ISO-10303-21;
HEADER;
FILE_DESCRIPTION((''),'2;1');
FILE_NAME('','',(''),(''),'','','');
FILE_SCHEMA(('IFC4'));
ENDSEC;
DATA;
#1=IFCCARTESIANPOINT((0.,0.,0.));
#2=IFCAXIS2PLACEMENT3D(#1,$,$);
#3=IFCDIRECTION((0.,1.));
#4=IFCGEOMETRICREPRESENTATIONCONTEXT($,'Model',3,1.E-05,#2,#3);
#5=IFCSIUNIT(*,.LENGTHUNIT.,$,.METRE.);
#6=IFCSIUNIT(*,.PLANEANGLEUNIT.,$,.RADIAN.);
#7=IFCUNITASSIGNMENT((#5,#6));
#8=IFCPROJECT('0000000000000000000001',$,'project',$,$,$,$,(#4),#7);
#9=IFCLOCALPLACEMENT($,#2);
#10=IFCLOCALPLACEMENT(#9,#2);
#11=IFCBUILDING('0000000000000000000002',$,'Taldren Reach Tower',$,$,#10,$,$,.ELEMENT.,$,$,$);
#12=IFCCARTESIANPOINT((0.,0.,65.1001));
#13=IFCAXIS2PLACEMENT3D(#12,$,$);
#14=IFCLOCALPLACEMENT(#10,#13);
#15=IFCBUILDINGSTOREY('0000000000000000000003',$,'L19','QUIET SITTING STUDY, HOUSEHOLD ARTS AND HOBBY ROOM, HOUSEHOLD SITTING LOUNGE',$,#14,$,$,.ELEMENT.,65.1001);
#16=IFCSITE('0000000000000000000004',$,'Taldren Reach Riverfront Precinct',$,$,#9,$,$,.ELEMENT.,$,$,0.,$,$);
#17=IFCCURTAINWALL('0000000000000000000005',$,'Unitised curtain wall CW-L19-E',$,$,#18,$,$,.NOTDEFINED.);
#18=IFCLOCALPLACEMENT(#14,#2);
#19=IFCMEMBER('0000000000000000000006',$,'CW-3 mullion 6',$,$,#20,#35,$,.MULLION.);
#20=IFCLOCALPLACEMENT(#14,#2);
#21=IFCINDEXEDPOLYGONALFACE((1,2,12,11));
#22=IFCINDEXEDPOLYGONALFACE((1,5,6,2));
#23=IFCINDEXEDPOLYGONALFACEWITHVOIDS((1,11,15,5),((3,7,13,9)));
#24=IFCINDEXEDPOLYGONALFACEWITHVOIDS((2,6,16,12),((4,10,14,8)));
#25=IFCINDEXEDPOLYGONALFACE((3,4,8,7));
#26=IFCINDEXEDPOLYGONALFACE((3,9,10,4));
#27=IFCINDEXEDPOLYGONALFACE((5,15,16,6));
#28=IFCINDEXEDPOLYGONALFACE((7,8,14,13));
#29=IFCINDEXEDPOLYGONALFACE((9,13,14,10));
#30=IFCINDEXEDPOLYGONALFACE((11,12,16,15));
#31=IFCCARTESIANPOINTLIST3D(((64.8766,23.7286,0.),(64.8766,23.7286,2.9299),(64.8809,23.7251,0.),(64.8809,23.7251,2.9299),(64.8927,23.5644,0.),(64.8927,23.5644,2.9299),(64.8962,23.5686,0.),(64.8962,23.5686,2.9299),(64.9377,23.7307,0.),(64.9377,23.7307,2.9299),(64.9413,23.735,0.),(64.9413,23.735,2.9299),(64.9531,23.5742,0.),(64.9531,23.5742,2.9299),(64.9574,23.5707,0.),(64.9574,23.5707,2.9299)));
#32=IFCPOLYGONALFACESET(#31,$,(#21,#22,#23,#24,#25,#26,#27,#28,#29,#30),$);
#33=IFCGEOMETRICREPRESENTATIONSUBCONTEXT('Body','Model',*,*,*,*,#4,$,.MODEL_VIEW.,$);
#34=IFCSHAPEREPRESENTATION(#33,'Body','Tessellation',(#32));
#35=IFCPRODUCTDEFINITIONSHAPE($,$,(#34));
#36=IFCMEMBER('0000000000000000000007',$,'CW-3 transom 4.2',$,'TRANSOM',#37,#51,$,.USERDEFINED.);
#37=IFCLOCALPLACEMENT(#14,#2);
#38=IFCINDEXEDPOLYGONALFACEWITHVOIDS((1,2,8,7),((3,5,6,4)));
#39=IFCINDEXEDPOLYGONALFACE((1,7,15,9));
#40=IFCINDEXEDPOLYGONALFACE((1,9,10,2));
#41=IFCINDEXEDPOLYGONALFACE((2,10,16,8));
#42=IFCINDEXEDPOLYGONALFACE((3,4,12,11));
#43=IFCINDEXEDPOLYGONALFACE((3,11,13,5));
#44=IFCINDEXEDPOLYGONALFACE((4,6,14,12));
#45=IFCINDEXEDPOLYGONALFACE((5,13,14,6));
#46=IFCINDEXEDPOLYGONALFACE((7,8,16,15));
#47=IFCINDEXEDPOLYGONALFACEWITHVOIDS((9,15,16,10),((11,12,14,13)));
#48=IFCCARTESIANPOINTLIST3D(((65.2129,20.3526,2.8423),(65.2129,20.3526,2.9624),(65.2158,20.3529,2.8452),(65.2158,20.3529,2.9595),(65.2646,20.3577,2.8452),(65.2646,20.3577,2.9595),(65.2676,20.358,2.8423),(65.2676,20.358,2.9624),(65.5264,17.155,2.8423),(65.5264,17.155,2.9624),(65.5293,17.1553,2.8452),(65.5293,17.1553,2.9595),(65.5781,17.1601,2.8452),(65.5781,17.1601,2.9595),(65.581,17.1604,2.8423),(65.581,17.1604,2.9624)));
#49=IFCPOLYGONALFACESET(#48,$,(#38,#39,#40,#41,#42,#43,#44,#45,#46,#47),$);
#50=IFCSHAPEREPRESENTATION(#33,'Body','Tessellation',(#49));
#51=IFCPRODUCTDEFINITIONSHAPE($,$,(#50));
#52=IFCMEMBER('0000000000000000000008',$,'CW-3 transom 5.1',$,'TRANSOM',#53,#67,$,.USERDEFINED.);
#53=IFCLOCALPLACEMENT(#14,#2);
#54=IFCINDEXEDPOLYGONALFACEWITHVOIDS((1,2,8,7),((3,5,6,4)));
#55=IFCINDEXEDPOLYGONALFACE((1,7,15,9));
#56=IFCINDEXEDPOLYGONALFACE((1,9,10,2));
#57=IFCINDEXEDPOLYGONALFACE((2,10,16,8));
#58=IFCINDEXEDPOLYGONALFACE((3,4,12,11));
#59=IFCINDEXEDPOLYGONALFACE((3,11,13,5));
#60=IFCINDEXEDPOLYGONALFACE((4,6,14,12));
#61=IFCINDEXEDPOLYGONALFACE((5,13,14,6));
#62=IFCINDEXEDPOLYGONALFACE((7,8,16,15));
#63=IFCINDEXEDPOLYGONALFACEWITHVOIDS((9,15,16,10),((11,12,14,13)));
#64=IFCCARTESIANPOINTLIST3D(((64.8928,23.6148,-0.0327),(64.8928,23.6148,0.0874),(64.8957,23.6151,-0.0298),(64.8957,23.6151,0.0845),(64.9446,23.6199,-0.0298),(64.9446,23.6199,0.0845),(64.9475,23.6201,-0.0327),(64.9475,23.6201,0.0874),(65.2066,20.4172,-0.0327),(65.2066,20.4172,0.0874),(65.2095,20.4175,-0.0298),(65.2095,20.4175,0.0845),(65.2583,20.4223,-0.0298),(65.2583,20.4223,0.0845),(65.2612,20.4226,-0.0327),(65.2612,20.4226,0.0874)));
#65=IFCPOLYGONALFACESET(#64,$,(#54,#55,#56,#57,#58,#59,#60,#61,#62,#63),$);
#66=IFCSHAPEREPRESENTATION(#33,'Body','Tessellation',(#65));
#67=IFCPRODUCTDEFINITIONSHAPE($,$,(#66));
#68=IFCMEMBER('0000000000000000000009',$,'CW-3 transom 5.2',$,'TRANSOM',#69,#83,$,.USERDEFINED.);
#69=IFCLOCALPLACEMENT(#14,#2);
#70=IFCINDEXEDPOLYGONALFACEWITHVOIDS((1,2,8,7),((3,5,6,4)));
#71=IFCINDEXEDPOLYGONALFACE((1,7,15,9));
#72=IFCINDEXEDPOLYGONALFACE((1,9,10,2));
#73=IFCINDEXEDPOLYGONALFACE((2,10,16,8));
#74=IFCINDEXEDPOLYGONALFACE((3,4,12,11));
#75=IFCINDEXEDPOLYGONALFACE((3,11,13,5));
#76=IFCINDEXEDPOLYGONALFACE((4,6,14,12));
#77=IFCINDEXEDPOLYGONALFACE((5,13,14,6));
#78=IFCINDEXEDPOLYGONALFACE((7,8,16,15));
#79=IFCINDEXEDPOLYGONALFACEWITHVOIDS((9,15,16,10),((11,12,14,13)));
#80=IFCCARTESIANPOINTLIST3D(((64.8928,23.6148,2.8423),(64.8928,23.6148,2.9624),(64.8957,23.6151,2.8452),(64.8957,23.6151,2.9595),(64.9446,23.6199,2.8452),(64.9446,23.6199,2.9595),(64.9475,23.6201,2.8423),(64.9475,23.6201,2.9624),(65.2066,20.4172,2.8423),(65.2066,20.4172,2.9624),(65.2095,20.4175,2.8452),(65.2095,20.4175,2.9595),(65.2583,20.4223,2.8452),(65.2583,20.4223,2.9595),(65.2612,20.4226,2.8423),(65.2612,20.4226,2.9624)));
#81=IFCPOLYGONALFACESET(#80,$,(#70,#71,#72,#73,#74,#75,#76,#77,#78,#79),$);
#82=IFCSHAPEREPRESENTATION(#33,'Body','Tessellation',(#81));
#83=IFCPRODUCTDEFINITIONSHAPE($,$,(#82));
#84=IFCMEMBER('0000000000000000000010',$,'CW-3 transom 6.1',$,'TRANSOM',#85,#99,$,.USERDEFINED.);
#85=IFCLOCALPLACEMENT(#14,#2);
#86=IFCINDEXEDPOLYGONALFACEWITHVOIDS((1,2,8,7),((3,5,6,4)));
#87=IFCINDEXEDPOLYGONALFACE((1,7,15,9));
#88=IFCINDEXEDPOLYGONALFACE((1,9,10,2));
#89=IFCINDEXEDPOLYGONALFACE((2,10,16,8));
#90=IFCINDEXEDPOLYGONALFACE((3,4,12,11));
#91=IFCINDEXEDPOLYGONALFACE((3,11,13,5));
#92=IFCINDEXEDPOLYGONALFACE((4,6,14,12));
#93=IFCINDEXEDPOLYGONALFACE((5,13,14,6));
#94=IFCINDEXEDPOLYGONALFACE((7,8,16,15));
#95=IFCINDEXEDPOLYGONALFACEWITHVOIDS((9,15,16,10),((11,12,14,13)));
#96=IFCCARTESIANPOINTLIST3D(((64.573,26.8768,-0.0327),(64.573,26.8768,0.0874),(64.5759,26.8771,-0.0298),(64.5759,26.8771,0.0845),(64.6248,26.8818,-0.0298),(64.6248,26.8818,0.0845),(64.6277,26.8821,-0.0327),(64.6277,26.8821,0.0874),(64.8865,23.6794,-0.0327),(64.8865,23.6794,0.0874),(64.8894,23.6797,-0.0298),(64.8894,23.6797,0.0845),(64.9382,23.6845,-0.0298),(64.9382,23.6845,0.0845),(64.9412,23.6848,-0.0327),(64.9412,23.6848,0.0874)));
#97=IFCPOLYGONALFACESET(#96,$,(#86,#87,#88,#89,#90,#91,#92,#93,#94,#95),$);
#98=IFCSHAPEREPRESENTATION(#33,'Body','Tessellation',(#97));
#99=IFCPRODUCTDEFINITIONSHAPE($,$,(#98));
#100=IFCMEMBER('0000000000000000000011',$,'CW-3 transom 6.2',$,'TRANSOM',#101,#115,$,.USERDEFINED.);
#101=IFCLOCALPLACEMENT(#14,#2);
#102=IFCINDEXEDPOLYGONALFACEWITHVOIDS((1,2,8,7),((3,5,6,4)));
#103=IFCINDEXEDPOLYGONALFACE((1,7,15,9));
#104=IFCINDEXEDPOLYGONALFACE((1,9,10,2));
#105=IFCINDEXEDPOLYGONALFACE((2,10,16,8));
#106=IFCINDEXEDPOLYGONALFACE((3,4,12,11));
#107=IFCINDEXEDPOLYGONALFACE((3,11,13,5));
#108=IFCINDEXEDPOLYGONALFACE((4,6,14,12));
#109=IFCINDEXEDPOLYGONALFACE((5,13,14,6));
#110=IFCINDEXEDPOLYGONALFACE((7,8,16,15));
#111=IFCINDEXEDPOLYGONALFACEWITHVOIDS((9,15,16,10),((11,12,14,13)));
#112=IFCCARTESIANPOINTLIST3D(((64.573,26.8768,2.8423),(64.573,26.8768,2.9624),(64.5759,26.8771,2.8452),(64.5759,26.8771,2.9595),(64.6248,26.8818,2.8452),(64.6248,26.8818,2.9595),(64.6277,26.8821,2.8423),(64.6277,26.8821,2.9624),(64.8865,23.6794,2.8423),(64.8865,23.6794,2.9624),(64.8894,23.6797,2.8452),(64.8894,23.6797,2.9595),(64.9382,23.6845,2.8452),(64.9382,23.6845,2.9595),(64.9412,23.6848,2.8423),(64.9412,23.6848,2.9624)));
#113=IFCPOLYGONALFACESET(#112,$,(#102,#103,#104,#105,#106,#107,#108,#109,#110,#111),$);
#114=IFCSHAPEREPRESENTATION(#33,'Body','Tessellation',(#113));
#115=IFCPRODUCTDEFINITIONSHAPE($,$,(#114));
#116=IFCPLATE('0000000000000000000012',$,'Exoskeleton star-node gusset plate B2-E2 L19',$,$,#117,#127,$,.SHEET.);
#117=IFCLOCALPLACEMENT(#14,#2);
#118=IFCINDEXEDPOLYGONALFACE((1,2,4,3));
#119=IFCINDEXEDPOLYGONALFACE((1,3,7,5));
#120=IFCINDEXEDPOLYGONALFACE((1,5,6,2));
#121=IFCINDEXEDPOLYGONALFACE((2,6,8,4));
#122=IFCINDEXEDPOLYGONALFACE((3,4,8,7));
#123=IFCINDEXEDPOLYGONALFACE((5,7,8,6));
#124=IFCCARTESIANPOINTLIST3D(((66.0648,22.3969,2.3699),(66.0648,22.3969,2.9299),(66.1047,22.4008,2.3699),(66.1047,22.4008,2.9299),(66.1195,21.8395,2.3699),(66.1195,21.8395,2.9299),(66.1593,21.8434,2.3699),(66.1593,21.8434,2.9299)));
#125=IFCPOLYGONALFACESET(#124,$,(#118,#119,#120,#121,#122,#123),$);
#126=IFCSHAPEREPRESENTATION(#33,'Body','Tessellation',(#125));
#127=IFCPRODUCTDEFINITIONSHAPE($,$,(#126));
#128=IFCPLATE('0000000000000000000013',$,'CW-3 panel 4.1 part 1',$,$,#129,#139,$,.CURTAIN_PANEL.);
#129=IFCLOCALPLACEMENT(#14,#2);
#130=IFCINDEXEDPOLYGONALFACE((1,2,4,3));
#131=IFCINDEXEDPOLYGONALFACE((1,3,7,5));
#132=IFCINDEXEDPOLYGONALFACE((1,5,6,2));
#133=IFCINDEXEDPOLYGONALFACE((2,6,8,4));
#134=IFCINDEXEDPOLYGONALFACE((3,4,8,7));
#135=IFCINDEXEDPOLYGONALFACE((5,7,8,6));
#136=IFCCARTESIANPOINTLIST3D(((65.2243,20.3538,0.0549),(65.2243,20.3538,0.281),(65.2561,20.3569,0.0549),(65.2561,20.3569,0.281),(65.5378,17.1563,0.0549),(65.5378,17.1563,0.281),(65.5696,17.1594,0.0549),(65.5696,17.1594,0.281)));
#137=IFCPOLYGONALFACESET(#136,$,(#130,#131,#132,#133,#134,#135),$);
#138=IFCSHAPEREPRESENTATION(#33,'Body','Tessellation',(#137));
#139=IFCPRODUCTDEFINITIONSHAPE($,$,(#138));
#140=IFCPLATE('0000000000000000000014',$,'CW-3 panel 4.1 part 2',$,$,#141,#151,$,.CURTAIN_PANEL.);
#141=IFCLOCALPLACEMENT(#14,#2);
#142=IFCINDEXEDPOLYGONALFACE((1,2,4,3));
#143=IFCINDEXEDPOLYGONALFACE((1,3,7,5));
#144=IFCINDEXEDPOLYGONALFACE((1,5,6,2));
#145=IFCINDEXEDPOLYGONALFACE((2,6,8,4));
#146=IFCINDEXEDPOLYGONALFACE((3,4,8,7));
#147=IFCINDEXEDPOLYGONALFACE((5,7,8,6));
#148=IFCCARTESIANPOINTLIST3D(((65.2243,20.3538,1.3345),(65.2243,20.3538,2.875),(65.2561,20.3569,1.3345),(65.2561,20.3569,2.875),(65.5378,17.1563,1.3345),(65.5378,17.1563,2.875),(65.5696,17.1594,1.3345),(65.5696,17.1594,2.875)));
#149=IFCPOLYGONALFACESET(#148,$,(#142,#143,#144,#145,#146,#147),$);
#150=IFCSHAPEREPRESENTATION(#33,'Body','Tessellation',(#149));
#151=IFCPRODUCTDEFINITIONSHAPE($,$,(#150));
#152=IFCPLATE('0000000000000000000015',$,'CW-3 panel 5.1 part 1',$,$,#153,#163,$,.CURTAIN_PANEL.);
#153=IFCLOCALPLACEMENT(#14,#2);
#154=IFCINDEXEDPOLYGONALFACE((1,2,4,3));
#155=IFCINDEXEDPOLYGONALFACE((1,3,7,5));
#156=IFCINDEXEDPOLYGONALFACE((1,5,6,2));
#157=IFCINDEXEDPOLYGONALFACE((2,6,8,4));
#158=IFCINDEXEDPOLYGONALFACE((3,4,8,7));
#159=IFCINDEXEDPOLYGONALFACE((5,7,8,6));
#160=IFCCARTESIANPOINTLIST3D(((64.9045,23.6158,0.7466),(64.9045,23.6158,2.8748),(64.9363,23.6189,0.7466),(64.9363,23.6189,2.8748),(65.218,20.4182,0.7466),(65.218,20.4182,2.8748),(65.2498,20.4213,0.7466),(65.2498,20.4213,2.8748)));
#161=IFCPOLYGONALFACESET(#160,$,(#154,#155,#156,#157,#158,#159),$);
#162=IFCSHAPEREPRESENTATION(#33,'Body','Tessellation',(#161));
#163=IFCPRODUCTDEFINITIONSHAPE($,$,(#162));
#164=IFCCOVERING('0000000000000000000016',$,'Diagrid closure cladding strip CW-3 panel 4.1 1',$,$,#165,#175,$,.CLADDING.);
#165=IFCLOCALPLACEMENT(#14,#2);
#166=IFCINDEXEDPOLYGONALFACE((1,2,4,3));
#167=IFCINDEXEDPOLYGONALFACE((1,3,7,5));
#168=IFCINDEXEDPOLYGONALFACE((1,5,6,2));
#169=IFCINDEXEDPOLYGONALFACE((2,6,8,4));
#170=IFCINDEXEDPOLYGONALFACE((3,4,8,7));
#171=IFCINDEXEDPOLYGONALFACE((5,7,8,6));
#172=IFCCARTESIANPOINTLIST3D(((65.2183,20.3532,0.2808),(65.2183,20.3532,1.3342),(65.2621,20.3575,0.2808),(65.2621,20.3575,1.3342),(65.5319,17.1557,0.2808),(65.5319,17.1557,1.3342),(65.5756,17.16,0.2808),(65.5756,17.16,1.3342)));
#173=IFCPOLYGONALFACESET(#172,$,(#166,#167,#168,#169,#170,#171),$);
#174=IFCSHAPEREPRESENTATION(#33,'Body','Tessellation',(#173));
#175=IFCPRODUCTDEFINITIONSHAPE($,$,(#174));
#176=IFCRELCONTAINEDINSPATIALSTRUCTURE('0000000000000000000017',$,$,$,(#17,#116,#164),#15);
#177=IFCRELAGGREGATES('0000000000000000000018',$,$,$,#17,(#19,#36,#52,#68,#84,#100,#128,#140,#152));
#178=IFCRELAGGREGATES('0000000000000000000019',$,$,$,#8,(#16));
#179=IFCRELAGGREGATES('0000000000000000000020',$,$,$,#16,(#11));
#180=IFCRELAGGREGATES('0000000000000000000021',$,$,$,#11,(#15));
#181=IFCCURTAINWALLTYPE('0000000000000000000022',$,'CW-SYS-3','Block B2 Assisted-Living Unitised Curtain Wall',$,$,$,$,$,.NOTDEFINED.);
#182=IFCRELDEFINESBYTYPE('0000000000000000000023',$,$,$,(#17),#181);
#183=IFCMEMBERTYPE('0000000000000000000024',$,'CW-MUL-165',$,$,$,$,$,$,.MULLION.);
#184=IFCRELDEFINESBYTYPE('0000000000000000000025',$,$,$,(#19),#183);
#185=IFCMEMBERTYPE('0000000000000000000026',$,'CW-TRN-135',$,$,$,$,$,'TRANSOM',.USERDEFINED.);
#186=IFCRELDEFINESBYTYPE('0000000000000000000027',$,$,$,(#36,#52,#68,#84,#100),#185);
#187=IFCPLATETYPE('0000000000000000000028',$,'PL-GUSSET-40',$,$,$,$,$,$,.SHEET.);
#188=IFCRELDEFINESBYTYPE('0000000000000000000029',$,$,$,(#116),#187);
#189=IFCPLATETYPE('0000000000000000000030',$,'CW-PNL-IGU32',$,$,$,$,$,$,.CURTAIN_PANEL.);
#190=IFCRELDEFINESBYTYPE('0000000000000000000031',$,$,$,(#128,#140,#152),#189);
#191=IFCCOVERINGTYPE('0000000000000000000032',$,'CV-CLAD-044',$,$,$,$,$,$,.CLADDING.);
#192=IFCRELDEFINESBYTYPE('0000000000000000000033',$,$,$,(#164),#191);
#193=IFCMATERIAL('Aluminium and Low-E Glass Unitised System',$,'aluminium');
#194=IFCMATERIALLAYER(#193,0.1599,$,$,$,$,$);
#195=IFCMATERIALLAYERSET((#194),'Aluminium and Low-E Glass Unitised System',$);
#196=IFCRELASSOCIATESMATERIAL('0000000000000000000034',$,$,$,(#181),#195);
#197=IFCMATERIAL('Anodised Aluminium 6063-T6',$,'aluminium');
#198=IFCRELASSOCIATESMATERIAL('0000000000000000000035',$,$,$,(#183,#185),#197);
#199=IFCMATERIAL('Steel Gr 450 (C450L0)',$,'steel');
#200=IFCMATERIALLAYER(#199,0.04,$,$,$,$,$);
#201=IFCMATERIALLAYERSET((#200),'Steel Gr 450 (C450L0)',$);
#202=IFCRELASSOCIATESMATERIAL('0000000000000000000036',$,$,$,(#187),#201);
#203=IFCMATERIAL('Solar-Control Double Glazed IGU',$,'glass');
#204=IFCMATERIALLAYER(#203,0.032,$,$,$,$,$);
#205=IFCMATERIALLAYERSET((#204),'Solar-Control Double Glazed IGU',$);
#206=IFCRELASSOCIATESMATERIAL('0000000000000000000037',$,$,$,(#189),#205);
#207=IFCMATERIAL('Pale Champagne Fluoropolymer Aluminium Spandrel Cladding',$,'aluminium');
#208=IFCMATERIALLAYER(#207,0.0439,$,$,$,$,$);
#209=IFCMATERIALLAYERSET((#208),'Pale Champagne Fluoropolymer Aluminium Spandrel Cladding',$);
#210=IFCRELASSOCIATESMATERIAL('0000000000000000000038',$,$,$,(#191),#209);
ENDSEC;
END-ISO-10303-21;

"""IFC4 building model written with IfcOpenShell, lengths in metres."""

from ifc_helpers import new_model, si_unit, direction, frame, origin, origin_2d, place, context, subcontext, project, spatial, rectangle, hollow_rectangle, extrude, source, transform, mapped, material, layer, layer_set, material_profile, profile_set, type_object, element, aggregate, save


model = new_model("IFC4")

# Units and contexts
model_context = context("Model", 3, precision=1e-05, world=origin(), true_north=direction((0.0, 1.0)))
body_context = subcontext(model_context, "Body", "Model", "MODEL_VIEW")
ifc_project = project(units=[si_unit("LENGTHUNIT", "METRE"), si_unit("PLANEANGLEUNIT", "RADIAN")], contexts=[model_context])

# Site, building, storey
site_placement = place(None, origin())
site = spatial("IfcSite", under=ifc_project, at=site_placement, Name="Taldren Reach Riverfront Precinct", CompositionType="ELEMENT", RefElevation=0.0)
building_placement = place(site_placement, origin())
building = spatial("IfcBuilding", under=site, at=building_placement, Name="Taldren Reach Tower", CompositionType="ELEMENT")
storey_placement = place(building_placement, frame((0.0, 0.0, 65.1001)))
storey = spatial("IfcBuildingStorey", under=building, at=storey_placement, Name="L19", Description="QUIET SITTING STUDY, HOUSEHOLD ARTS AND HOBBY ROOM, HOUSEHOLD SITTING LOUNGE", CompositionType="ELEMENT", Elevation=65.1001)

# Shared definitions
ifc_material_1 = material(Name="Steel Gr 450 (C450L0)", Category="steel")

# Curtain wall, members
ifc_material_2 = material(Name="Aluminium and Low-E Glass Unitised System", Category="aluminium")
ifc_layer_1 = layer(ifc_material_2, 0.1599)
ifc_layer_set_1 = layer_set([ifc_layer_1], Name="Aluminium and Low-E Glass Unitised System")
curtain_wall_type = type_object("IfcCurtainWallType", Name="CW-SYS-3", Description="Block B2 Assisted-Living Unitised Curtain Wall", PredefinedType="NOTDEFINED", material=ifc_layer_set_1)
curtain_wall_placement = place(storey_placement, origin())
curtain_wall = element("IfcCurtainWall", 1, at=curtain_wall_placement, inside=storey, type_object=curtain_wall_type, Name="Unitised curtain wall CW-L19-E", PredefinedType="NOTDEFINED")
ifc_material_3 = material(Name="Anodised Aluminium 6063-T6", Category="aluminium")
ifc_material_profile_1 = material_profile(ifc_material_3, hollow_rectangle(XDim=0.0649, YDim=0.165, WallThickness=0.0039, at=origin_2d()), Name="ALU-165x65x4RHS")
ifc_profile_set_1 = profile_set([ifc_material_profile_1], Name="Anodised Aluminium 6063-T6")
member_type_1 = type_object("IfcMemberType", Name="CW-MUL-165", PredefinedType="MULLION", material=ifc_profile_set_1)
shared_shape_1 = source(origin(), body_context, "Body", "SweptSolid", [
    extrude(hollow_rectangle(XDim=0.0649, YDim=0.165, WallThickness=0.0039, at=origin_2d()), origin(), (0.0, 0.0, 1.0), 2.9299),
])
member_1_placement = place(storey_placement, frame((64.917, 23.6497, 0.0), z_axis=(0.0, 0.0, 1.0), x_axis=(-0.995227, -0.097583, 0.0)))
member_1 = element("IfcMember", 2, at=member_1_placement, type_object=member_type_1, Name="CW-3 mullion 6", PredefinedType="MULLION", context=body_context, shape_type="MappedRepresentation", body=[
    mapped(shared_shape_1, transform((0.0, 0.0, 0.0), scale=1.0)),
])
ifc_material_profile_2 = material_profile(ifc_material_3, hollow_rectangle(XDim=0.0549, YDim=0.1201, WallThickness=0.0029, at=origin_2d()), Name="ALU-120x55x3RHS")
ifc_profile_set_2 = profile_set([ifc_material_profile_2], Name="Anodised Aluminium 6063-T6")
member_type_2 = type_object("IfcMemberType", Name="CW-TRN-135", ElementType="TRANSOM", PredefinedType="USERDEFINED", material=ifc_profile_set_2)
shared_shape_2 = source(origin(), body_context, "Body", "SweptSolid", [
    extrude(hollow_rectangle(XDim=0.0549, YDim=0.1201, WallThickness=0.0029, at=origin_2d()), origin(), (0.0, 0.0, 1.0), 3.2129),
])
member_2_placement = place(storey_placement, frame((65.5537, 17.1577, 2.9023), z_axis=(-0.09757, 0.995229, 0.0), x_axis=(-0.995229, -0.09757, 0.0)))
member_2 = element("IfcMember", 3, at=member_2_placement, type_object=member_type_2, Name="CW-3 transom 4.2", ObjectType="TRANSOM", PredefinedType="USERDEFINED", context=body_context, shape_type="MappedRepresentation", body=[
    mapped(shared_shape_2, transform((0.0, 0.0, 0.0), scale=1.0)),
])
member_3_placement = place(storey_placement, frame((65.2339, 20.4199, 0.0273), z_axis=(-0.097645, 0.995221, 0.0), x_axis=(-0.995221, -0.097645, 0.0)))
member_3 = element("IfcMember", 4, at=member_3_placement, type_object=member_type_2, Name="CW-3 transom 5.1", ObjectType="TRANSOM", PredefinedType="USERDEFINED", context=body_context, shape_type="MappedRepresentation", body=[
    mapped(shared_shape_2, transform((0.0, 0.0, 0.0), scale=1.0)),
])
member_4_placement = place(storey_placement, frame((65.2339, 20.4199, 2.9023), z_axis=(-0.097645, 0.995221, 0.0), x_axis=(-0.995221, -0.097645, 0.0)))
member_4 = element("IfcMember", 5, at=member_4_placement, type_object=member_type_2, Name="CW-3 transom 5.2", ObjectType="TRANSOM", PredefinedType="USERDEFINED", context=body_context, shape_type="MappedRepresentation", body=[
    mapped(shared_shape_2, transform((0.0, 0.0, 0.0), scale=1.0)),
])
shared_shape_3 = source(origin(), body_context, "Body", "SweptSolid", [
    extrude(hollow_rectangle(XDim=0.0549, YDim=0.1201, WallThickness=0.0029, at=origin_2d()), origin(), (0.0, 0.0, 1.0), 3.2126),
])
member_5_placement = place(storey_placement, frame((64.9138, 23.6821, 0.0273), z_axis=(-0.097577, 0.995228, 0.0), x_axis=(-0.995228, -0.097577, 0.0)))
member_5 = element("IfcMember", 6, at=member_5_placement, type_object=member_type_2, Name="CW-3 transom 6.1", ObjectType="TRANSOM", PredefinedType="USERDEFINED", context=body_context, shape_type="MappedRepresentation", body=[
    mapped(shared_shape_3, transform((0.0, 0.0, 0.0), scale=1.0)),
])
member_6_placement = place(storey_placement, frame((64.9138, 23.6821, 2.9023), z_axis=(-0.097577, 0.995228, 0.0), x_axis=(-0.995228, -0.097577, 0.0)))
member_6 = element("IfcMember", 7, at=member_6_placement, type_object=member_type_2, Name="CW-3 transom 6.2", ObjectType="TRANSOM", PredefinedType="USERDEFINED", context=body_context, shape_type="MappedRepresentation", body=[
    mapped(shared_shape_3, transform((0.0, 0.0, 0.0), scale=1.0)),
])

# Plates
ifc_layer_2 = layer(ifc_material_1, 0.04)
ifc_layer_set_2 = layer_set([ifc_layer_2], Name="Steel Gr 450 (C450L0)")
plate_type_1 = type_object("IfcPlateType", Name="PL-GUSSET-40", PredefinedType="SHEET", material=ifc_layer_set_2)
shared_shape_4 = source(origin(), body_context, "Body", "SweptSolid", [
    extrude(rectangle(XDim=0.5601, YDim=0.04, at=origin_2d()), origin(), (0.0, 0.0, 1.0), 0.5601),
])
plate_1_placement = place(storey_placement, frame((66.1121, 22.1201, 2.3699), z_axis=(0.0, 0.0, 1.0), x_axis=(-0.097583, 0.995227, 0.0)))
element("IfcPlate", 8, at=plate_1_placement, inside=storey, type_object=plate_type_1, Name="Exoskeleton star-node gusset plate B2-E2 L19", PredefinedType="SHEET", context=body_context, shape_type="MappedRepresentation", body=[
    mapped(shared_shape_4, transform((0.0, 0.0, 0.0), scale=1.0)),
])
ifc_material_4 = material(Name="Solar-Control Double Glazed IGU", Category="glass")
ifc_layer_3 = layer(ifc_material_4, 0.032)
ifc_layer_set_3 = layer_set([ifc_layer_3], Name="Solar-Control Double Glazed IGU")
plate_type_2 = type_object("IfcPlateType", Name="CW-PNL-IGU32", PredefinedType="CURTAIN_PANEL", material=ifc_layer_set_3)
shared_shape_5 = source(origin(), body_context, "Body", "SweptSolid", [
    extrude(rectangle(XDim=3.2129, YDim=0.032, at=origin_2d()), origin(), (0.0, 0.0, 1.0), 0.2261),
])
plate_2_placement = place(storey_placement, frame((65.397, 18.7566, 0.0549), z_axis=(0.0, 0.0, 1.0), x_axis=(-0.097583, 0.995227, 0.0)))
plate_2 = element("IfcPlate", 9, at=plate_2_placement, type_object=plate_type_2, Name="CW-3 panel 4.1 part 1", PredefinedType="CURTAIN_PANEL", context=body_context, shape_type="MappedRepresentation", body=[
    mapped(shared_shape_5, transform((0.0, 0.0, 0.0), scale=1.0)),
])
shared_shape_6 = source(origin(), body_context, "Body", "SweptSolid", [
    extrude(rectangle(XDim=3.2129, YDim=0.032, at=origin_2d()), origin(), (0.0, 0.0, 1.0), 1.5405),
])
plate_3_placement = place(storey_placement, frame((65.397, 18.7566, 1.3345), z_axis=(0.0, 0.0, 1.0), x_axis=(-0.097583, 0.995227, 0.0)))
plate_3 = element("IfcPlate", 10, at=plate_3_placement, type_object=plate_type_2, Name="CW-3 panel 4.1 part 2", PredefinedType="CURTAIN_PANEL", context=body_context, shape_type="MappedRepresentation", body=[
    mapped(shared_shape_6, transform((0.0, 0.0, 0.0), scale=1.0)),
])
shared_shape_7 = source(origin(), body_context, "Body", "SweptSolid", [
    extrude(rectangle(XDim=3.2129, YDim=0.032, at=origin_2d()), origin(), (0.0, 0.0, 1.0), 2.1282),
])
plate_4_placement = place(storey_placement, frame((65.0771, 22.0186, 0.7466), z_axis=(0.0, 0.0, 1.0), x_axis=(-0.097583, 0.995227, 0.0)))
plate_4 = element("IfcPlate", 11, at=plate_4_placement, type_object=plate_type_2, Name="CW-3 panel 5.1 part 1", PredefinedType="CURTAIN_PANEL", context=body_context, shape_type="MappedRepresentation", body=[
    mapped(shared_shape_7, transform((0.0, 0.0, 0.0), scale=1.0)),
])
aggregate(curtain_wall, [member_1, member_2, member_3, member_4, member_5, member_6, plate_2, plate_3, plate_4])

# Covering
ifc_material_5 = material(Name="Pale Champagne Fluoropolymer Aluminium Spandrel Cladding", Category="aluminium")
ifc_layer_4 = layer(ifc_material_5, 0.0439)
ifc_layer_set_4 = layer_set([ifc_layer_4], Name="Pale Champagne Fluoropolymer Aluminium Spandrel Cladding")
covering_type = type_object("IfcCoveringType", Name="CV-CLAD-044", PredefinedType="CLADDING", material=ifc_layer_set_4)
shared_shape_8 = source(origin(), body_context, "Body", "SweptSolid", [
    extrude(rectangle(XDim=3.2129, YDim=0.0439, at=origin_2d()), origin(), (0.0, 0.0, 1.0), 1.0535),
])
covering_1_placement = place(storey_placement, frame((65.397, 18.7566, 0.2808), z_axis=(0.0, 0.0, 1.0), x_axis=(-0.097583, 0.995227, 0.0)))
element("IfcCovering", 12, at=covering_1_placement, inside=storey, type_object=covering_type, Name="Diagrid closure cladding strip CW-3 panel 4.1 1", PredefinedType="CLADDING", context=body_context, shape_type="MappedRepresentation", body=[
    mapped(shared_shape_8, transform((0.0, 0.0, 0.0), scale=1.0)),
])

save(model, "model.ifc")
